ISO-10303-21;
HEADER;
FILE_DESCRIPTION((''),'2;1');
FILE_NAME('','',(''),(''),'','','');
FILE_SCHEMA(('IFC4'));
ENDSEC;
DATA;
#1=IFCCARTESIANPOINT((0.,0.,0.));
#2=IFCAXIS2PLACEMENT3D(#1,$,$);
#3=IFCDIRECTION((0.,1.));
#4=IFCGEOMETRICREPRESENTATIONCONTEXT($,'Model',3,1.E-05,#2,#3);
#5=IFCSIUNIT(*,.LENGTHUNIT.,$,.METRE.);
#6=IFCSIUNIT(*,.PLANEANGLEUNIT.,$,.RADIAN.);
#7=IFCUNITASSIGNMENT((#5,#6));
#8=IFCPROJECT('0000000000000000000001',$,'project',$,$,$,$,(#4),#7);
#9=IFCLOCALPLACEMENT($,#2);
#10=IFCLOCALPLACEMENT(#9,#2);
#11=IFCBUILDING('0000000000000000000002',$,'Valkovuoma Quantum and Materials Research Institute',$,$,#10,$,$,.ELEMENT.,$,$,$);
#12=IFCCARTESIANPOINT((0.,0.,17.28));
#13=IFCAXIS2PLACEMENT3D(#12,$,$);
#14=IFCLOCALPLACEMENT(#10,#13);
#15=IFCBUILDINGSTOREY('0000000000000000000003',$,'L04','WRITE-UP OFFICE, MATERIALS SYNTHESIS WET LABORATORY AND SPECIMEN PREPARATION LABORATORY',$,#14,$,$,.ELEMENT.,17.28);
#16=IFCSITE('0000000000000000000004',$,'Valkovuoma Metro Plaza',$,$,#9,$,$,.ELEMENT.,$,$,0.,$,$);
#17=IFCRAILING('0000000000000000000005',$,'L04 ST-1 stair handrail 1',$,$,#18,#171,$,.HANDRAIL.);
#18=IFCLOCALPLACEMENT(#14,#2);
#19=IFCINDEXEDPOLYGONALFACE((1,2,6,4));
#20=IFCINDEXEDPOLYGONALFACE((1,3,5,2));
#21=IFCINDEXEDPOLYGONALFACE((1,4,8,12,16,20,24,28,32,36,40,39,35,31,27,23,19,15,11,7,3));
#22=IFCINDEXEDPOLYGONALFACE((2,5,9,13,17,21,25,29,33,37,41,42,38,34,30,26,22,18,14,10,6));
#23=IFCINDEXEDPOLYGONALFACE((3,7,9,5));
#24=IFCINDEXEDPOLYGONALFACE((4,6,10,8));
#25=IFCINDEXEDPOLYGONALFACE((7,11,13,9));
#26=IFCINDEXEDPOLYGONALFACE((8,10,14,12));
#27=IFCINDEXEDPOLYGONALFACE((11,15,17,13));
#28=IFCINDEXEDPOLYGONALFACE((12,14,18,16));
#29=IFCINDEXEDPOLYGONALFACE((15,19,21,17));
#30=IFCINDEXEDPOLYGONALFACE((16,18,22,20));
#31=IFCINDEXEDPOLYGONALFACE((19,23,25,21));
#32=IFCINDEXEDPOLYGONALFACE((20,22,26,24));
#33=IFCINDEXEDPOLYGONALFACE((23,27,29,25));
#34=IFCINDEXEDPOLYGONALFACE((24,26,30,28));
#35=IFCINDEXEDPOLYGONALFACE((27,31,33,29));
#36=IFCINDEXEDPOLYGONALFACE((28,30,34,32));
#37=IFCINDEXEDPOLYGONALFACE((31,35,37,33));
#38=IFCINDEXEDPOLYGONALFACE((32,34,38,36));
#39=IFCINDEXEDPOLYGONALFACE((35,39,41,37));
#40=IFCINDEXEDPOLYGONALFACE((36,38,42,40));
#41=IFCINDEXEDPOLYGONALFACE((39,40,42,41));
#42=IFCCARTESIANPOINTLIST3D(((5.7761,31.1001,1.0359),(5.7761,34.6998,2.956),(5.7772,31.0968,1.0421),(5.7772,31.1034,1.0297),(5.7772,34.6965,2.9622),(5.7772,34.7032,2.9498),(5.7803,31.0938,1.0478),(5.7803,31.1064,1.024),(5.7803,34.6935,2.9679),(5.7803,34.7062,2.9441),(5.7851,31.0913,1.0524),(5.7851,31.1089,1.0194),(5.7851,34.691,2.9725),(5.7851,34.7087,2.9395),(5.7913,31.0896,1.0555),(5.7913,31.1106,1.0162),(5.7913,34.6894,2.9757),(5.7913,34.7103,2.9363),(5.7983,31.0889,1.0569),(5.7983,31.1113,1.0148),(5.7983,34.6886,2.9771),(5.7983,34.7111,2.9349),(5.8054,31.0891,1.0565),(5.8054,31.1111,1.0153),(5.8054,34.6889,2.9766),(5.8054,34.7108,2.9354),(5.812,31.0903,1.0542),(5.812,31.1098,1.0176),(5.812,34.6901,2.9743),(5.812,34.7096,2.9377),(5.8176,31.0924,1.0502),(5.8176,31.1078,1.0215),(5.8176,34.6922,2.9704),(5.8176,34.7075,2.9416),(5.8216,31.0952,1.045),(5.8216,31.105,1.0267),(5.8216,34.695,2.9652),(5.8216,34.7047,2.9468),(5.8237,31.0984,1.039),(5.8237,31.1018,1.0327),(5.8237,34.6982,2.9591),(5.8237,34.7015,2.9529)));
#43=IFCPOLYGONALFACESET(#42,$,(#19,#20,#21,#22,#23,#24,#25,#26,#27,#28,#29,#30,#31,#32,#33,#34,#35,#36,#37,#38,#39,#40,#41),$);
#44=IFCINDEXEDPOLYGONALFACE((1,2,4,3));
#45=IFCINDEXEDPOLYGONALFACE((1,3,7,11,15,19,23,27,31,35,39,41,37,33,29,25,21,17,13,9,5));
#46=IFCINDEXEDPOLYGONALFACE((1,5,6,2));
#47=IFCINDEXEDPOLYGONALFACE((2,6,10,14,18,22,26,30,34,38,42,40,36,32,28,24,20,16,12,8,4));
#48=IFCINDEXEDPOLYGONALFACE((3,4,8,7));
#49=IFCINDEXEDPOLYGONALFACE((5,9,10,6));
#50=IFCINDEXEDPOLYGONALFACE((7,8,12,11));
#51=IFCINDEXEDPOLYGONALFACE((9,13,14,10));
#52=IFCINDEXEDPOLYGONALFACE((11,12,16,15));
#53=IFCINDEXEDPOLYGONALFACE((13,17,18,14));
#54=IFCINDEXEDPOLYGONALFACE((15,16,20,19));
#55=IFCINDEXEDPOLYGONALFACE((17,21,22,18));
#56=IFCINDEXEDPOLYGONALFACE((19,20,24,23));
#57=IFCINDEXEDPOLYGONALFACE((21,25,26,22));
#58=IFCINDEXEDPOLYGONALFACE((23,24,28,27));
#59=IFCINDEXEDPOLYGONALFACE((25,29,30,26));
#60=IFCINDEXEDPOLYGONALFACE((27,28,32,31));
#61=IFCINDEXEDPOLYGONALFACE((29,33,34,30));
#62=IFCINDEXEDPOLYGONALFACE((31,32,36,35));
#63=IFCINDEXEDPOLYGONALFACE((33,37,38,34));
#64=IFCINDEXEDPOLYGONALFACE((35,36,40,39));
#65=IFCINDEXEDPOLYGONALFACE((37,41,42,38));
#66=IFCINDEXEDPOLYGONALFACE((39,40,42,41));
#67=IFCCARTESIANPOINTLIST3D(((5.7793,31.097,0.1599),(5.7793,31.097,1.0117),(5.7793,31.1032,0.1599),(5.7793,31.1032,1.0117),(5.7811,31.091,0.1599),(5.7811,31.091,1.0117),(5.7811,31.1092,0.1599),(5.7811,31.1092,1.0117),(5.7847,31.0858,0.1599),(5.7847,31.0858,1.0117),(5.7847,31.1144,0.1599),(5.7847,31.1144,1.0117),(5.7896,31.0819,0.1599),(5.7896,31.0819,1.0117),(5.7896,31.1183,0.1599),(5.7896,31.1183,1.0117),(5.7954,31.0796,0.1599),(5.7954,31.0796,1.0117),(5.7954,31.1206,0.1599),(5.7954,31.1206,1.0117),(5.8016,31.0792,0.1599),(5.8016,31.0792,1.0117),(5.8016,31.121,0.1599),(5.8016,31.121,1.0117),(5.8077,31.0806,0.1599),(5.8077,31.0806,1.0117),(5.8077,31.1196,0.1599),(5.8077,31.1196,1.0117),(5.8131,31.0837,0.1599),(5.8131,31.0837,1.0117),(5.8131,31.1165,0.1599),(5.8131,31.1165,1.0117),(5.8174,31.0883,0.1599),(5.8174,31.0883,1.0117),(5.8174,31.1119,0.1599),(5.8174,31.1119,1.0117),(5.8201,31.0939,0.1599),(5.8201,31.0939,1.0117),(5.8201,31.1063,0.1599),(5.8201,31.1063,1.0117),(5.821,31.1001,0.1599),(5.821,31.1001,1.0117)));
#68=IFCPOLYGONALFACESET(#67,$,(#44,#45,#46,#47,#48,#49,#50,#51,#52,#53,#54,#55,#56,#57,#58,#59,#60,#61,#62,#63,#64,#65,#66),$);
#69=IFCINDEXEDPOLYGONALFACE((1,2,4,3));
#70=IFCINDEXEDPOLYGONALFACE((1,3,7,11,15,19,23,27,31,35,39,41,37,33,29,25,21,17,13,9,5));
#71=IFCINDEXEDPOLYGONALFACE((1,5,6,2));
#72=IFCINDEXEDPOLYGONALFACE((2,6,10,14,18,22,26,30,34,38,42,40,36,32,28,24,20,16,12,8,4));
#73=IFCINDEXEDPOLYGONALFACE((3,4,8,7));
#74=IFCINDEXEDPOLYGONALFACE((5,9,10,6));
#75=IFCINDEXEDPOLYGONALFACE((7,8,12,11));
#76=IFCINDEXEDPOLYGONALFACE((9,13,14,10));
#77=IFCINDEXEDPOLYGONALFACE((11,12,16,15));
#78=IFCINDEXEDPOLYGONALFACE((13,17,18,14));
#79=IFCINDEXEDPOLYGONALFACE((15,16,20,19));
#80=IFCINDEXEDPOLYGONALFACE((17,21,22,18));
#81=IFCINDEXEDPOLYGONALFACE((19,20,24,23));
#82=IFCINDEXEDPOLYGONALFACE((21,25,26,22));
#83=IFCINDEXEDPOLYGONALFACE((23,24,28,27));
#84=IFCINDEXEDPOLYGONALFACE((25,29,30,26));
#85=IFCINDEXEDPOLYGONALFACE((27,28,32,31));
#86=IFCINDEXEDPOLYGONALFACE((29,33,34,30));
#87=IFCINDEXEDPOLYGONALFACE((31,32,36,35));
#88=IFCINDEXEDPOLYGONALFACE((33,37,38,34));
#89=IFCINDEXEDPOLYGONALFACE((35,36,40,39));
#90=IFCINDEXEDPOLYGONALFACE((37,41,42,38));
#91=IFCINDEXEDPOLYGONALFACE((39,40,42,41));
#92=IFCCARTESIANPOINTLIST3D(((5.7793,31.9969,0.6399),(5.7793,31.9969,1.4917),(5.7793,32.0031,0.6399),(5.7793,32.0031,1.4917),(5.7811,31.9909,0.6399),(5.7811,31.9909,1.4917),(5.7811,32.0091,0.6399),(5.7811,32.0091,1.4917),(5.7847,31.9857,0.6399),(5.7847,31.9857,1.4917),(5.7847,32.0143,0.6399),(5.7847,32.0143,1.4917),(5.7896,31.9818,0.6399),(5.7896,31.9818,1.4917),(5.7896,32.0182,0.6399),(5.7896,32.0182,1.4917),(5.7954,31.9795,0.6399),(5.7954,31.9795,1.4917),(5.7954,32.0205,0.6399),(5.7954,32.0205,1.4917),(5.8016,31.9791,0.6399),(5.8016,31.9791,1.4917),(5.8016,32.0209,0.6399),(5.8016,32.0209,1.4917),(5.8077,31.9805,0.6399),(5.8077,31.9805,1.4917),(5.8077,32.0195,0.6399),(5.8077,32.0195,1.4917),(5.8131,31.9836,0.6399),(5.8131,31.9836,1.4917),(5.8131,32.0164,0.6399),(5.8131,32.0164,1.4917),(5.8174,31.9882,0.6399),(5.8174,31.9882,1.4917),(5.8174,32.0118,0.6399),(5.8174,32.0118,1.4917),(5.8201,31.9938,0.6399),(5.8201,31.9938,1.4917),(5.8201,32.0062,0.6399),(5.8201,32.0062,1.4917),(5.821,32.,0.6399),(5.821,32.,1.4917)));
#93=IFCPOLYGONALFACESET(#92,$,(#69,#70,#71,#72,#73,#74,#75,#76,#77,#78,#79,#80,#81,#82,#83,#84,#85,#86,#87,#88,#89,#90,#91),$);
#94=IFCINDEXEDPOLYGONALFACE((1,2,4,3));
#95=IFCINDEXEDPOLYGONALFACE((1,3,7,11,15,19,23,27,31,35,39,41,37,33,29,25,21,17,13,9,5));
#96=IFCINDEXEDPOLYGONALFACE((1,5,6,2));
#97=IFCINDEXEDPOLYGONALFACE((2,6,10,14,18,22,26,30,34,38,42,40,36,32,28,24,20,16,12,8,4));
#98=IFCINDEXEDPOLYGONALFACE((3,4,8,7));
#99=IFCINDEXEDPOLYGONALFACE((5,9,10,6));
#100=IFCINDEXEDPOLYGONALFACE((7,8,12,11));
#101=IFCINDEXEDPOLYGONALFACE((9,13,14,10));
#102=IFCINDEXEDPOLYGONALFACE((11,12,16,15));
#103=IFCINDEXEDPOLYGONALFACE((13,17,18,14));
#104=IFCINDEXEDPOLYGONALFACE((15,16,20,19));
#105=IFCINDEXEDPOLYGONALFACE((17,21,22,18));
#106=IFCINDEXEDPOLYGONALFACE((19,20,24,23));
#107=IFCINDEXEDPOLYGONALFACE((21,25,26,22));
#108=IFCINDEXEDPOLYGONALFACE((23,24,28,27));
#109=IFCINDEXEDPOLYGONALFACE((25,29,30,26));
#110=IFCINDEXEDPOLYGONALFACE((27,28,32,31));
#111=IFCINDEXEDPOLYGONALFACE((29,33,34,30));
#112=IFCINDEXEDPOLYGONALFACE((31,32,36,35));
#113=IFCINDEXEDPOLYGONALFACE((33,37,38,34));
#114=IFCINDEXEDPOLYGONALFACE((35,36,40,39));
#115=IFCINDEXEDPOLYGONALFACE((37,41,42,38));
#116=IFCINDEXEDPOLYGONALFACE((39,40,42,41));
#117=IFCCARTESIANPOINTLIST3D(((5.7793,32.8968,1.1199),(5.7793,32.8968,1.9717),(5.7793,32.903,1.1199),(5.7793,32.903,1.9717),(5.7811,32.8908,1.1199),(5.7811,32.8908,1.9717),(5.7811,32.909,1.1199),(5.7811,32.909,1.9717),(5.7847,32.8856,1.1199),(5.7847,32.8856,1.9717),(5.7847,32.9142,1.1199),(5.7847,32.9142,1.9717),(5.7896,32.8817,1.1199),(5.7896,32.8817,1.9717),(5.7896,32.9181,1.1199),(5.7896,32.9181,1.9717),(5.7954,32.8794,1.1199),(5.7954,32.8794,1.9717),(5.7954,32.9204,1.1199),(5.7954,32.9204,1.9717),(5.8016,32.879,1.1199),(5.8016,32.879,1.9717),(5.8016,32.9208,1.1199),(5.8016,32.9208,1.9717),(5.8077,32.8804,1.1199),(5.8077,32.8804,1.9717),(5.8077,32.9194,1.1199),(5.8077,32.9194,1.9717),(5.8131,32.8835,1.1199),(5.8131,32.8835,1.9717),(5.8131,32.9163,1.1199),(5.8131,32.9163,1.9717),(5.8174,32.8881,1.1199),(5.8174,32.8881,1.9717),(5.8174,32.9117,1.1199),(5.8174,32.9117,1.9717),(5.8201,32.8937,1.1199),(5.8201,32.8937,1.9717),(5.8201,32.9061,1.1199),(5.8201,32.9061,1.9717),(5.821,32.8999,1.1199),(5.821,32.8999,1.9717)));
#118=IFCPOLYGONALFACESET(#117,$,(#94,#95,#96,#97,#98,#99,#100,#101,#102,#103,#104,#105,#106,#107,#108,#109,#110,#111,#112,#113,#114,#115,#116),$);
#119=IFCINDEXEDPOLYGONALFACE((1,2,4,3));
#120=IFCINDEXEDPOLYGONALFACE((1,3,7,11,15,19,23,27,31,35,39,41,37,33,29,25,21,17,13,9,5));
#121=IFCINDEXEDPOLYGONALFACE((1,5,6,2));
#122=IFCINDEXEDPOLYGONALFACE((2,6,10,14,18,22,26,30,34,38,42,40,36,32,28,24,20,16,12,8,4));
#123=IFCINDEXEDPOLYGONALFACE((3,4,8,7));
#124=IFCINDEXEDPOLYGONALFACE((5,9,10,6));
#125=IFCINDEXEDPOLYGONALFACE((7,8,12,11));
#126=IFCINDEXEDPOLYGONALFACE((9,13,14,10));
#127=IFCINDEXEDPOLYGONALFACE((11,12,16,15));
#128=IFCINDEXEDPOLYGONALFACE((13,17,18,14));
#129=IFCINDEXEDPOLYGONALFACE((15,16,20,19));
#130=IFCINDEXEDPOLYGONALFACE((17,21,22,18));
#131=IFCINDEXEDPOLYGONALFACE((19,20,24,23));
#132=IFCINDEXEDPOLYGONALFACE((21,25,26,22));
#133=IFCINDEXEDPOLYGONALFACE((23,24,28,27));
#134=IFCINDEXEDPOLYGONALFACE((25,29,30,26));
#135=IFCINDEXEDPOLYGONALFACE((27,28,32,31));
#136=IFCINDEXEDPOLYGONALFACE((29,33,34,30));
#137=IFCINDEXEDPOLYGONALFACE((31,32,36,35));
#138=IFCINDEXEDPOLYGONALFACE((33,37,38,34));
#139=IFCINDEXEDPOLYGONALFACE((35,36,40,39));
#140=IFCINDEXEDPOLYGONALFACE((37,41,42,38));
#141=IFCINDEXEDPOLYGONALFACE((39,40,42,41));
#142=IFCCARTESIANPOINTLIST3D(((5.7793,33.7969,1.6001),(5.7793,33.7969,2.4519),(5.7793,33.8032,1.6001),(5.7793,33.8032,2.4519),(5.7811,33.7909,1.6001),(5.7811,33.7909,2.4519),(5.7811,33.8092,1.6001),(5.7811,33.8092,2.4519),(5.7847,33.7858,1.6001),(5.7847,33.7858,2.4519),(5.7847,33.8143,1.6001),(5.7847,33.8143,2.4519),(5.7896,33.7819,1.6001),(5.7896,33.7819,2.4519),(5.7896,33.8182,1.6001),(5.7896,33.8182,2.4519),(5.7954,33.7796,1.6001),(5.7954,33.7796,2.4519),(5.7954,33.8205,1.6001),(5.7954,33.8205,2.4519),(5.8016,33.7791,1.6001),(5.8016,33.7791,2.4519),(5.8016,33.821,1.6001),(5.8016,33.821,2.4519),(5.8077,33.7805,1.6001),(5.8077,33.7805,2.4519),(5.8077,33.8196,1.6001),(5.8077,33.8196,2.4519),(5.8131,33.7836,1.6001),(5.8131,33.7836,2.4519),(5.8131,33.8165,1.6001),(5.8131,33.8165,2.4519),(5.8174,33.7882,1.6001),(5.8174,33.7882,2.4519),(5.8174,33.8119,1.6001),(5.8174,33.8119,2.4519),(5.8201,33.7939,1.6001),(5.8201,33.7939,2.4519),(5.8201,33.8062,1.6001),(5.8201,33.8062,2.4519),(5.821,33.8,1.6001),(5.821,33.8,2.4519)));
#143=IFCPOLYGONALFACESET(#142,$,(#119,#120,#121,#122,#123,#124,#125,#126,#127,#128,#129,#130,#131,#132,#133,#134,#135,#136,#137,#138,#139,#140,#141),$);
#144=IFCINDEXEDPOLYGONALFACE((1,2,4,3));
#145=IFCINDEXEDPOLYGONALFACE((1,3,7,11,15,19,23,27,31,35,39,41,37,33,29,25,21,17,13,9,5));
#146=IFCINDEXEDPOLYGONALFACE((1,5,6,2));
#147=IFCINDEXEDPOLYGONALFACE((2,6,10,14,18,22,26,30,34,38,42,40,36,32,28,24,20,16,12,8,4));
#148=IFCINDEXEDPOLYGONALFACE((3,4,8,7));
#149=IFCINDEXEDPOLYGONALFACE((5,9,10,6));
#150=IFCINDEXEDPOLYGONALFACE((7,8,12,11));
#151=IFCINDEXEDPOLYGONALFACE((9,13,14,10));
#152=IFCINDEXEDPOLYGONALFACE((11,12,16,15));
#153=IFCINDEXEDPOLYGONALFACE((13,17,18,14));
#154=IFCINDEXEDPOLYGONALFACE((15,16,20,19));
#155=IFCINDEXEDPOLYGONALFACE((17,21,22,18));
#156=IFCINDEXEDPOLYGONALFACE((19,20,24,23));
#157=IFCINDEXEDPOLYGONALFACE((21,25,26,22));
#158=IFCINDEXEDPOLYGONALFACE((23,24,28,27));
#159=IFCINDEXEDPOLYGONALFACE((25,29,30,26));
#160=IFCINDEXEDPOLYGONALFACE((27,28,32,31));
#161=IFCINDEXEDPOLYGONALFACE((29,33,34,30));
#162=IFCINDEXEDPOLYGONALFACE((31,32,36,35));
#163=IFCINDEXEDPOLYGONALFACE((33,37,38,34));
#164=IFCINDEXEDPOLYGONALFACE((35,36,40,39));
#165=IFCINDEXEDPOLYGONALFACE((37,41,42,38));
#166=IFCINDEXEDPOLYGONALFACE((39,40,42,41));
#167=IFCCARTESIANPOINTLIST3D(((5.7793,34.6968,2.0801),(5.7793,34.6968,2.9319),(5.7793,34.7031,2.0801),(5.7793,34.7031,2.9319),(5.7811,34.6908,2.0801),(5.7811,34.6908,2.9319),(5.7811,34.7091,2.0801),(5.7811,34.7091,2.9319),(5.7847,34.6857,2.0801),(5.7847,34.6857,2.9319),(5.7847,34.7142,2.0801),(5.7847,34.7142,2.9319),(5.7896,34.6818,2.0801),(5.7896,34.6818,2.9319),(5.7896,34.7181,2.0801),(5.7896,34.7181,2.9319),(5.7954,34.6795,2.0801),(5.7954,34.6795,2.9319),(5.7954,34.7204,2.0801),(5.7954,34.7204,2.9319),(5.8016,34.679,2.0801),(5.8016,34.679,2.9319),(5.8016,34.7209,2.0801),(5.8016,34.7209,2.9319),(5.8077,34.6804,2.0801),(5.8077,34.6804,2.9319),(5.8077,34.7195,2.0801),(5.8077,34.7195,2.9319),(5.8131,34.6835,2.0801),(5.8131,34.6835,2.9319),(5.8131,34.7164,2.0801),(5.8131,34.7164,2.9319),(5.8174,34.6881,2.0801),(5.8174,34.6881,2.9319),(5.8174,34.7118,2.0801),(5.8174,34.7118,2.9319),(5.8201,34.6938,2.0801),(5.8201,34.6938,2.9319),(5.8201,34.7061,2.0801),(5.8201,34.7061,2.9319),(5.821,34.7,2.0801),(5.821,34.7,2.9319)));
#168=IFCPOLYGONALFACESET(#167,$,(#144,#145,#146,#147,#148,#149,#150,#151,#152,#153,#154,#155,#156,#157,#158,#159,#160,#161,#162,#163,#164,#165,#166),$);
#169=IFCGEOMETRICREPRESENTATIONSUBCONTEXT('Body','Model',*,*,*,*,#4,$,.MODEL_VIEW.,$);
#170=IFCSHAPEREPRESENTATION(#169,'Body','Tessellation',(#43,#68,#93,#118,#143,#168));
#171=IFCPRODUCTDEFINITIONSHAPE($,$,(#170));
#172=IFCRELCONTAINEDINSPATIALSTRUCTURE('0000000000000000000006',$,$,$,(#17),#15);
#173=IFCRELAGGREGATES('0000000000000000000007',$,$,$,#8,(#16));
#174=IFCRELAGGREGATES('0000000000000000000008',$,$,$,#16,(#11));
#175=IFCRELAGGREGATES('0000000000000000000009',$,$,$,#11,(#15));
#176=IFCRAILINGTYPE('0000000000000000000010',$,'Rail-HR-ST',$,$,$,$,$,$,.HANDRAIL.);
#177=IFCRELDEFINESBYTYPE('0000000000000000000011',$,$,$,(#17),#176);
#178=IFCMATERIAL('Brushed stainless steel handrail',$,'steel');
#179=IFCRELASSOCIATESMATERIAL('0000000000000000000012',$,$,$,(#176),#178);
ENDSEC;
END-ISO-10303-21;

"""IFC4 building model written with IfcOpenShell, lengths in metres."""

from ifc_helpers import new_model, si_unit, direction, frame, origin, origin_2d, place, context, subcontext, project, spatial, circle, extrude, material, type_object, element, save


model = new_model("IFC4")

# Units and contexts
model_context = context("Model", 3, precision=1e-05, world=origin(), true_north=direction((0.0, 1.0)))
body_context = subcontext(model_context, "Body", "Model", "MODEL_VIEW")
ifc_project = project(units=[si_unit("LENGTHUNIT", "METRE"), si_unit("PLANEANGLEUNIT", "RADIAN")], contexts=[model_context])

# Site, building, storey
site_placement = place(None, origin())
site = spatial("IfcSite", under=ifc_project, at=site_placement, Name="Valkovuoma Metro Plaza", CompositionType="ELEMENT", RefElevation=0.0)
building_placement = place(site_placement, origin())
building = spatial("IfcBuilding", under=site, at=building_placement, Name="Valkovuoma Quantum and Materials Research Institute", CompositionType="ELEMENT")
storey_placement = place(building_placement, frame((0.0, 0.0, 17.28)))
storey = spatial("IfcBuildingStorey", under=building, at=storey_placement, Name="L04", Description="WRITE-UP OFFICE, MATERIALS SYNTHESIS WET LABORATORY AND SPECIMEN PREPARATION LABORATORY", CompositionType="ELEMENT", Elevation=17.28)

# Railing
ifc_material_1 = material(Name="Brushed stainless steel handrail", Category="steel")
railing_type_1 = type_object("IfcRailingType", Name="Rail-HR-ST", PredefinedType="HANDRAIL", material=ifc_material_1)
railing_1_placement = place(storey_placement, frame((5.8, 31.1001, 0.1599)))
element("IfcRailing", 1, at=railing_1_placement, inside=storey, type_object=railing_type_1, Name="L04 ST-1 stair handrail 1", PredefinedType="HANDRAIL", context=body_context, shape_type="SweptSolid", body=[
    extrude(circle(Radius=0.0239, at=origin_2d()), frame((0.0, 0.0, 0.876), z_axis=(0.0, 0.882328, 0.470635), x_axis=(-1.0, 0.0, 0.0)), (0.0, 0.0, 1.0), 4.0798),
    extrude(circle(Radius=0.021, at=origin_2d()), origin(), (0.0, 0.0, 1.0), 0.8518),
    extrude(circle(Radius=0.021, at=origin_2d()), frame((0.0, 0.8999, 0.48)), (0.0, 0.0, 1.0), 0.8518),
    extrude(circle(Radius=0.021, at=origin_2d()), frame((0.0, 1.7998, 0.96)), (0.0, 0.0, 1.0), 0.8518),
    extrude(circle(Radius=0.021, at=origin_2d()), frame((0.0, 2.7, 1.4402)), (0.0, 0.0, 1.0), 0.8518),
    extrude(circle(Radius=0.021, at=origin_2d()), frame((0.0, 3.5999, 1.9202)), (0.0, 0.0, 1.0), 0.8518),
])

save(model, "model.ifc")
